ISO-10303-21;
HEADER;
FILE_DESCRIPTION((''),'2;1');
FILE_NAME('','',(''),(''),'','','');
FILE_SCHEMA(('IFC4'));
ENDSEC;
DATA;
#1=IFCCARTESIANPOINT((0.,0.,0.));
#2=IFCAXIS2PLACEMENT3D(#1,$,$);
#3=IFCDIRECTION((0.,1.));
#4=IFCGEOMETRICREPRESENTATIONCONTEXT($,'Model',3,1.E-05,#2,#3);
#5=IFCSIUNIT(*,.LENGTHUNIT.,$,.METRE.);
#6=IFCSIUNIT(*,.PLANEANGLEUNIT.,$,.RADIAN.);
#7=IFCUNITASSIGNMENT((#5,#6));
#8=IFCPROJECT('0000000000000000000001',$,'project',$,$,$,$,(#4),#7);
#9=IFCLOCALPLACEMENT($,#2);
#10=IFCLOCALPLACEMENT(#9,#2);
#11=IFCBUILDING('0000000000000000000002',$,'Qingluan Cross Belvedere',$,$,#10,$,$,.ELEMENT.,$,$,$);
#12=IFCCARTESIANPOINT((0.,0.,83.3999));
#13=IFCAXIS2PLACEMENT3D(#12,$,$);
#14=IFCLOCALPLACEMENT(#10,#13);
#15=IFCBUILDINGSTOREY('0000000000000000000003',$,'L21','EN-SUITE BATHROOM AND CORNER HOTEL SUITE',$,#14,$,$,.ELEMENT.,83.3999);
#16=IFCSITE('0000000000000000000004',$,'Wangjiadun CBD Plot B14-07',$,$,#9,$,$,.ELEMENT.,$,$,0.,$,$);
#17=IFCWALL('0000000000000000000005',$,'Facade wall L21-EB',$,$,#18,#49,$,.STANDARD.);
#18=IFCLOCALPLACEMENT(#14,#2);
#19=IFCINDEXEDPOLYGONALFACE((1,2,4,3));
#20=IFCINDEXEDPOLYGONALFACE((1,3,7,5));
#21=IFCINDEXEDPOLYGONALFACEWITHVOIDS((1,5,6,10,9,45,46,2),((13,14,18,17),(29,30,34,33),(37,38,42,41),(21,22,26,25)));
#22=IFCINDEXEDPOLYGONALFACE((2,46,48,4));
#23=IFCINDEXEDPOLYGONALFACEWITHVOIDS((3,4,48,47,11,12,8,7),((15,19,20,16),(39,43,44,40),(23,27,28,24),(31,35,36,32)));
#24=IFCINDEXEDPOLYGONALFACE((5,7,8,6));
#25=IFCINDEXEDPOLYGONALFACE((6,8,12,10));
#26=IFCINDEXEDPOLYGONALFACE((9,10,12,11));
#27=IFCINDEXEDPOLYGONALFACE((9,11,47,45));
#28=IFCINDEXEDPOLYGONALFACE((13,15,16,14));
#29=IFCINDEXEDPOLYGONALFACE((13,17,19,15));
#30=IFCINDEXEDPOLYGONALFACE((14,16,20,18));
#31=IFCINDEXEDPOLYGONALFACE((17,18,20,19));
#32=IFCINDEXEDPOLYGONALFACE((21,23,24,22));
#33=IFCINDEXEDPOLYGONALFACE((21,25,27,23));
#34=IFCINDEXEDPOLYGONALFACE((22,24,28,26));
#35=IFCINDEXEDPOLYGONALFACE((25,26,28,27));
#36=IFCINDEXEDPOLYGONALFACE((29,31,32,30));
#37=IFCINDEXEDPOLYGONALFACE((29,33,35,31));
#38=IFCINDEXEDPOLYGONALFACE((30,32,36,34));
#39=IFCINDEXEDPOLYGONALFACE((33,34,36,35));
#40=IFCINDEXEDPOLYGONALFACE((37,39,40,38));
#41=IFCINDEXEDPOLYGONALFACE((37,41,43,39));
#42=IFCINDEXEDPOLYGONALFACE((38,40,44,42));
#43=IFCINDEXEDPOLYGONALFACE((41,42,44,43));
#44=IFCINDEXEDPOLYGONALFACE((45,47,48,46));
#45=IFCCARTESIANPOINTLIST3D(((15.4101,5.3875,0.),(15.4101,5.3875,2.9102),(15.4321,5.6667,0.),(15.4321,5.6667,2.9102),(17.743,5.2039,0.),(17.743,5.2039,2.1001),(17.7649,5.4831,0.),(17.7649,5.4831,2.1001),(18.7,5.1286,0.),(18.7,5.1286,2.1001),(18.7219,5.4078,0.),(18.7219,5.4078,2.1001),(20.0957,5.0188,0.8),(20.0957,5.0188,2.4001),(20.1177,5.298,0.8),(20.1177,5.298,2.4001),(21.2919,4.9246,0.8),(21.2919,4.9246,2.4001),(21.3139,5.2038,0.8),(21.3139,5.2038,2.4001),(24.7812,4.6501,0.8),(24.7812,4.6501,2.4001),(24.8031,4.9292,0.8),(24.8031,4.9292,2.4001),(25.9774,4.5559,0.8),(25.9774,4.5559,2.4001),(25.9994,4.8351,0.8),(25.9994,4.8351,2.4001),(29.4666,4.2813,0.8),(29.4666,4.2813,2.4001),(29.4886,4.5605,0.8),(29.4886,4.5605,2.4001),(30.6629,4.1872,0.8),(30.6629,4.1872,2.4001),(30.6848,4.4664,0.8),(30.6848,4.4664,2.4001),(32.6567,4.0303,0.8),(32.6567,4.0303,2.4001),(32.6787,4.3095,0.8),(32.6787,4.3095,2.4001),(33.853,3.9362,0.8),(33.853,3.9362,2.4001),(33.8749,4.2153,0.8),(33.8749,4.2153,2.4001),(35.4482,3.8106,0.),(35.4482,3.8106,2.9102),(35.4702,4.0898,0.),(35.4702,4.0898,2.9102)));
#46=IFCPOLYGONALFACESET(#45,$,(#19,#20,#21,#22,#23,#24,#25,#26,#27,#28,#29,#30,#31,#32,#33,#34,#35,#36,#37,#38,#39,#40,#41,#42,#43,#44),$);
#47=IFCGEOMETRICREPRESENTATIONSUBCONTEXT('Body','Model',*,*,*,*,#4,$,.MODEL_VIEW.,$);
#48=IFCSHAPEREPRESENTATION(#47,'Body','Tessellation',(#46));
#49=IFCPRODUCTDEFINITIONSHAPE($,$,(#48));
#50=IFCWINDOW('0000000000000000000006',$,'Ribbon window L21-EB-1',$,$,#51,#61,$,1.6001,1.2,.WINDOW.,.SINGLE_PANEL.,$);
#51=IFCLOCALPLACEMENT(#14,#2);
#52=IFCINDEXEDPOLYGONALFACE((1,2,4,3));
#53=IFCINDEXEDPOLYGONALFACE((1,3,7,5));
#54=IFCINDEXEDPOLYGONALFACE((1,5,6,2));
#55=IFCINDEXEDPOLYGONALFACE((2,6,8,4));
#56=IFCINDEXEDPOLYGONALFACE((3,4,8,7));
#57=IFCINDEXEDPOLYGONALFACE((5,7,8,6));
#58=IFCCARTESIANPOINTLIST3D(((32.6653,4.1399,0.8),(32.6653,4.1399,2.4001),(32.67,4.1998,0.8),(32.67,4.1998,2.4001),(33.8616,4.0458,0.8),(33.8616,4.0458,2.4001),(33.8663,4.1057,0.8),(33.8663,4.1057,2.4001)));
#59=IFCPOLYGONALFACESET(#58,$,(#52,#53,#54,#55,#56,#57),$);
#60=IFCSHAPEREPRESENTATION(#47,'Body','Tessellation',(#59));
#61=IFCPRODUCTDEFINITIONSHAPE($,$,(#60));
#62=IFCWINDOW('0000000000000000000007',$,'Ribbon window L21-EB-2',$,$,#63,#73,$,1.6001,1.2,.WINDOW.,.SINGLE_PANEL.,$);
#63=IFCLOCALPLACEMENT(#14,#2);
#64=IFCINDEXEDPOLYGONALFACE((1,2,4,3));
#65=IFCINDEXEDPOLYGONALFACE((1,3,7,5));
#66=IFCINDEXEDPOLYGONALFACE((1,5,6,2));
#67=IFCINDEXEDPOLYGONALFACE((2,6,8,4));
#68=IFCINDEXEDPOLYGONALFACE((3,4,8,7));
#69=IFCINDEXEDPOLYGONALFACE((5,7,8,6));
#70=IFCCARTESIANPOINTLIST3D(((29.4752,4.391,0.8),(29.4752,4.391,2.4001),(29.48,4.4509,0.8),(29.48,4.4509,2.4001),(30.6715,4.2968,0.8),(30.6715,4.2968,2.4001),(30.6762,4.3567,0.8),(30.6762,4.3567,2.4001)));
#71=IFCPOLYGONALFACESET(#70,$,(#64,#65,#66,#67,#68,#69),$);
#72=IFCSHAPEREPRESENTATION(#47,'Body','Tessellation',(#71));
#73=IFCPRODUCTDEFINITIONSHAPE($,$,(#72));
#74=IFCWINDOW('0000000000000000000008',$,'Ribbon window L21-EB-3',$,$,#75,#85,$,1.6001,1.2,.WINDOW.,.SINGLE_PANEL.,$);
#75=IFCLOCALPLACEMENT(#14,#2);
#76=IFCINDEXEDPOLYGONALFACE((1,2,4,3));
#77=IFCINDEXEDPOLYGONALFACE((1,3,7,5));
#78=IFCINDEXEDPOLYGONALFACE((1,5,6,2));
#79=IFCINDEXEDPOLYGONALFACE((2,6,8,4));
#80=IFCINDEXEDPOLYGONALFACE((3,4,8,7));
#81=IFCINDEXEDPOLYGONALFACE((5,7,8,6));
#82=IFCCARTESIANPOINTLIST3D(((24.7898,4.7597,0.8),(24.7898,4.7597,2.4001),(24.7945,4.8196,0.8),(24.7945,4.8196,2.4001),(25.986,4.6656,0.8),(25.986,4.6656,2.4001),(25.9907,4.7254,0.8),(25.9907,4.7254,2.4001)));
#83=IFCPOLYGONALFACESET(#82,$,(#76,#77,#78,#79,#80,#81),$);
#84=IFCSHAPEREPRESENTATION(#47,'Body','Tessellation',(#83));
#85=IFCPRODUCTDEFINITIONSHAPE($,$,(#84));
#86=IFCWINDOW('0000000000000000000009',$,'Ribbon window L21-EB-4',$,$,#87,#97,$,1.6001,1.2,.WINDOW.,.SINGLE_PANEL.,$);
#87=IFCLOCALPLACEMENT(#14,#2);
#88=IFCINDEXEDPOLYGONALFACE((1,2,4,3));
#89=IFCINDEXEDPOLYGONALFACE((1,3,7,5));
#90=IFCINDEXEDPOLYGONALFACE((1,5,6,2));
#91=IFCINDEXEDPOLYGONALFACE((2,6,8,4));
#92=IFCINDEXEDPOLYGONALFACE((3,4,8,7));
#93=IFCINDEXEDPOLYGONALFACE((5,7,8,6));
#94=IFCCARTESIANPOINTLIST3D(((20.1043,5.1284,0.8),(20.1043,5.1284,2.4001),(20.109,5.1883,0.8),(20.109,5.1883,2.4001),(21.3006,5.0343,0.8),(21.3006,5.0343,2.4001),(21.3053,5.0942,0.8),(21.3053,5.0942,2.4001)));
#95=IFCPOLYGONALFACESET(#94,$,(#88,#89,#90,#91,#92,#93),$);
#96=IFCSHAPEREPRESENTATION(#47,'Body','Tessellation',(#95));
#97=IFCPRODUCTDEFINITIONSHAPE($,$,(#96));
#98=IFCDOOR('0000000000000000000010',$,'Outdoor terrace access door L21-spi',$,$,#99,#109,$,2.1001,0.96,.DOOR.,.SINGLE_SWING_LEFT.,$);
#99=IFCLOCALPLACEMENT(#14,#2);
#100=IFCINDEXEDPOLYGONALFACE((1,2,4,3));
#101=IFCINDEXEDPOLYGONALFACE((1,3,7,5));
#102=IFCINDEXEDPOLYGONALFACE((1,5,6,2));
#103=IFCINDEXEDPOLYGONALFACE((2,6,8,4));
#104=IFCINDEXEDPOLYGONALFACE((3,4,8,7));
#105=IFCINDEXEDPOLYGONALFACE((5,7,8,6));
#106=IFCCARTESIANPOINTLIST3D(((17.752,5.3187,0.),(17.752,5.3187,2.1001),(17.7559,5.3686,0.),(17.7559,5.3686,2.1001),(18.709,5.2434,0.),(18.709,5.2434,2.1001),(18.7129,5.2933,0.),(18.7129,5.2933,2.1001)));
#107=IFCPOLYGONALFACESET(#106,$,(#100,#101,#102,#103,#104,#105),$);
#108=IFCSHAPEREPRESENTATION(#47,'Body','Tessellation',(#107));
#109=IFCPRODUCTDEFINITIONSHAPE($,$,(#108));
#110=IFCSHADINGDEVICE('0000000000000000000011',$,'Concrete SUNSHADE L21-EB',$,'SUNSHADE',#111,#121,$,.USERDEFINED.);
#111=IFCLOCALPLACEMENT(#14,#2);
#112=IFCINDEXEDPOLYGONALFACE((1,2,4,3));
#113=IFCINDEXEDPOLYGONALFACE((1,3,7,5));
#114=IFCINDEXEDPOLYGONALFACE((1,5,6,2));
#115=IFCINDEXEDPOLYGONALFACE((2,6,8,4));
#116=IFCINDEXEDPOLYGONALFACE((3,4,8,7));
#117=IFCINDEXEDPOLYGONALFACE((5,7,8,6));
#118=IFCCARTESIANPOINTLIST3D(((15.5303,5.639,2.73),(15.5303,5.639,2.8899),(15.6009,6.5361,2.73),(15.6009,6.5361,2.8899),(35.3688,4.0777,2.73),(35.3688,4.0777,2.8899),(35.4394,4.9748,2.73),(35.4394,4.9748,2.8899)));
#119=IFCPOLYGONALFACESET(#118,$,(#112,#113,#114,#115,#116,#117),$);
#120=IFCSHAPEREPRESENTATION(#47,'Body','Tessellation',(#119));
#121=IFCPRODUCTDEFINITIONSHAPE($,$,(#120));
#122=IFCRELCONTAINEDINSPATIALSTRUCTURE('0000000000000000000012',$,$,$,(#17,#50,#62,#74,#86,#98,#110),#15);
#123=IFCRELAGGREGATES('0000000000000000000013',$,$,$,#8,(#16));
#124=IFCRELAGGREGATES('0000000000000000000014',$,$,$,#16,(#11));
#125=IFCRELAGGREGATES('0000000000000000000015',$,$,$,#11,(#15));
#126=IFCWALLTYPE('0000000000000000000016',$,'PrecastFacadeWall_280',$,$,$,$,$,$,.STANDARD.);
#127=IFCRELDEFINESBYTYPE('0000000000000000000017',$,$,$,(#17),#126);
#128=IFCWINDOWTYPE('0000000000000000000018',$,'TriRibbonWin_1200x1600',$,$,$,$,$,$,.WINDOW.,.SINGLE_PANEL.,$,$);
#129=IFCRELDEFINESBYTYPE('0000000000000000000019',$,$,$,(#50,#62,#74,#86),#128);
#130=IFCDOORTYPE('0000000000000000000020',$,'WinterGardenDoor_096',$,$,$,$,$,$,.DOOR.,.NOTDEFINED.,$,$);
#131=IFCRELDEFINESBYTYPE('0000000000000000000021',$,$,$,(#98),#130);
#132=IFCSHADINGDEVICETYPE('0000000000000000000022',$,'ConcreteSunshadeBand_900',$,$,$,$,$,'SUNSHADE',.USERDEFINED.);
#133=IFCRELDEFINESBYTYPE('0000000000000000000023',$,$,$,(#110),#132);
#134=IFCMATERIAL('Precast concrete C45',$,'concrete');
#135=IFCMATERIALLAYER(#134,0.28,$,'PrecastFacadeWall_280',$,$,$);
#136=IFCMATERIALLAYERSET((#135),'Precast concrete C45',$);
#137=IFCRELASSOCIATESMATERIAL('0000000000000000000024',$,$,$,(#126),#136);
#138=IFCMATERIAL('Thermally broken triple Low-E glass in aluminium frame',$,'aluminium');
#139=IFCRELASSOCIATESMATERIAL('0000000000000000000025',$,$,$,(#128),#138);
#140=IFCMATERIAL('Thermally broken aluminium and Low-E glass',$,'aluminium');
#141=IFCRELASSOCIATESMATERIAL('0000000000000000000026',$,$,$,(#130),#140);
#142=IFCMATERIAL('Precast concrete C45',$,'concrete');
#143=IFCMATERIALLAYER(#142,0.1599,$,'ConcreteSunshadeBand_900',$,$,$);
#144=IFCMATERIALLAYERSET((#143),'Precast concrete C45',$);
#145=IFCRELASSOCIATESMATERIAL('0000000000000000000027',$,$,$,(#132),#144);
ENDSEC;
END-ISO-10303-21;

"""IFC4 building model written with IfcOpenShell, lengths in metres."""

from ifc_helpers import new_model, si_unit, direction, frame, frame_2d, origin, origin_2d, place, context, subcontext, project, spatial, rectangle, extrude, material, layer, layer_set, type_object, element, fill, save


model = new_model("IFC4")

# Units and contexts
model_context = context("Model", 3, precision=1e-05, world=origin(), true_north=direction((0.0, 1.0)))
body_context = subcontext(model_context, "Body", "Model", "MODEL_VIEW")
ifc_project = project(units=[si_unit("LENGTHUNIT", "METRE"), si_unit("PLANEANGLEUNIT", "RADIAN")], contexts=[model_context])

# Site, building, storey
site_placement = place(None, origin())
site = spatial("IfcSite", under=ifc_project, at=site_placement, Name="Wangjiadun CBD Plot B14-07", CompositionType="ELEMENT", RefElevation=0.0)
building_placement = place(site_placement, origin())
building = spatial("IfcBuilding", under=site, at=building_placement, Name="Qingluan Cross Belvedere", CompositionType="ELEMENT")
storey_placement = place(building_placement, frame((0.0, 0.0, 83.3999)))
storey = spatial("IfcBuildingStorey", under=building, at=storey_placement, Name="L21", Description="EN-SUITE BATHROOM AND CORNER HOTEL SUITE", CompositionType="ELEMENT", Elevation=83.3999)

# Wall, openings, windows, door
ifc_material_1 = material(Name="Precast concrete C45", Category="concrete")
ifc_layer_1 = layer(ifc_material_1, 0.28, Name="PrecastFacadeWall_280")
ifc_layer_set_1 = layer_set([ifc_layer_1], Name="Precast concrete C45")
wall_type_1 = type_object("IfcWallType", Name="PrecastFacadeWall_280", PredefinedType="STANDARD", material=ifc_layer_set_1)
wall_1_placement = place(storey_placement, frame((35.4592, 3.9502, 0.0), z_axis=(0.0, 0.0, 1.0), x_axis=(-0.996918, 0.078453, 0.0)))
wall_1 = element("IfcWall", 1, at=wall_1_placement, inside=storey, type_object=wall_type_1, Name="Facade wall L21-EB", PredefinedType="STANDARD", context=body_context, shape_type="SweptSolid", body=[
    extrude(rectangle(XDim=20.1001, YDim=0.28, at=frame_2d((10.05, 0.0))), origin(), (0.0, 0.0, 1.0), 2.9102),
])
opening_1_placement = place(wall_1_placement, frame((1.6001, 0.0, 0.8)))
opening_1 = element("IfcOpeningElement", 2, at=opening_1_placement, cuts=wall_1, PredefinedType="OPENING", context=body_context, shape_type="SweptSolid", body=[
    extrude(rectangle(XDim=1.2, YDim=1.6001, at=frame_2d((0.6001, 0.8))), frame((0.0, 0.1499, 0.0), z_axis=(0.0, -1.0, 0.0), x_axis=(1.0, 0.0, 0.0)), (0.0, 0.0, 1.0), 0.3),
])
opening_2_placement = place(wall_1_placement, frame((4.8, 0.0, 0.8)))
opening_2 = element("IfcOpeningElement", 3, at=opening_2_placement, cuts=wall_1, PredefinedType="OPENING", context=body_context, shape_type="SweptSolid", body=[
    extrude(rectangle(XDim=1.2, YDim=1.6001, at=frame_2d((0.6001, 0.8))), frame((0.0, 0.1499, 0.0), z_axis=(0.0, -1.0, 0.0), x_axis=(1.0, 0.0, 0.0)), (0.0, 0.0, 1.0), 0.3),
])
opening_3_placement = place(wall_1_placement, frame((9.5, 0.0, 0.8)))
opening_3 = element("IfcOpeningElement", 4, at=opening_3_placement, cuts=wall_1, PredefinedType="OPENING", context=body_context, shape_type="SweptSolid", body=[
    extrude(rectangle(XDim=1.2, YDim=1.6001, at=frame_2d((0.6001, 0.8))), frame((0.0, 0.1499, 0.0), z_axis=(0.0, -1.0, 0.0), x_axis=(1.0, 0.0, 0.0)), (0.0, 0.0, 1.0), 0.3),
])
opening_4_placement = place(wall_1_placement, frame((14.2, 0.0, 0.8)))
opening_4 = element("IfcOpeningElement", 5, at=opening_4_placement, cuts=wall_1, PredefinedType="OPENING", context=body_context, shape_type="SweptSolid", body=[
    extrude(rectangle(XDim=1.2, YDim=1.6001, at=frame_2d((0.6001, 0.8))), frame((0.0, 0.1499, 0.0), z_axis=(0.0, -1.0, 0.0), x_axis=(1.0, 0.0, 0.0)), (0.0, 0.0, 1.0), 0.3),
])
opening_5_placement = place(wall_1_placement, frame((16.8, 0.0, 0.0)))
opening_5 = element("IfcOpeningElement", 6, at=opening_5_placement, cuts=wall_1, PredefinedType="OPENING", context=body_context, shape_type="SweptSolid", body=[
    extrude(rectangle(XDim=0.96, YDim=2.1001, at=frame_2d((0.48, 1.05))), frame((0.0, 0.1499, 0.0), z_axis=(0.0, -1.0, 0.0), x_axis=(1.0, 0.0, 0.0)), (0.0, 0.0, 1.0), 0.3),
])
ifc_material_2 = material(Name="Thermally broken triple Low-E glass in aluminium frame", Category="aluminium")
window_type = type_object("IfcWindowType", Name="TriRibbonWin_1200x1600", PartitioningType="SINGLE_PANEL", PredefinedType="WINDOW", material=ifc_material_2)
window_1_placement = place(opening_1_placement, origin())
window_1 = element("IfcWindow", 7, at=window_1_placement, inside=storey, type_object=window_type, Name="Ribbon window L21-EB-1", OverallHeight=1.6001, OverallWidth=1.2, PartitioningType="SINGLE_PANEL", PredefinedType="WINDOW", context=body_context, shape_type="SweptSolid", body=[
    extrude(rectangle(XDim=1.2, YDim=1.6001, at=frame_2d((0.6001, 0.8))), frame((0.0, 0.03, 0.0), z_axis=(0.0, -1.0, 0.0), x_axis=(1.0, 0.0, 0.0)), (0.0, 0.0, 1.0), 0.0601),
])
fill(opening_1, window_1)
window_2_placement = place(opening_2_placement, origin())
window_2 = element("IfcWindow", 8, at=window_2_placement, inside=storey, type_object=window_type, Name="Ribbon window L21-EB-2", OverallHeight=1.6001, OverallWidth=1.2, PartitioningType="SINGLE_PANEL", PredefinedType="WINDOW", context=body_context, shape_type="SweptSolid", body=[
    extrude(rectangle(XDim=1.2, YDim=1.6001, at=frame_2d((0.6001, 0.8))), frame((0.0, 0.03, 0.0), z_axis=(0.0, -1.0, 0.0), x_axis=(1.0, 0.0, 0.0)), (0.0, 0.0, 1.0), 0.0601),
])
fill(opening_2, window_2)
window_3_placement = place(opening_3_placement, origin())
window_3 = element("IfcWindow", 9, at=window_3_placement, inside=storey, type_object=window_type, Name="Ribbon window L21-EB-3", OverallHeight=1.6001, OverallWidth=1.2, PartitioningType="SINGLE_PANEL", PredefinedType="WINDOW", context=body_context, shape_type="SweptSolid", body=[
    extrude(rectangle(XDim=1.2, YDim=1.6001, at=frame_2d((0.6001, 0.8))), frame((0.0, 0.03, 0.0), z_axis=(0.0, -1.0, 0.0), x_axis=(1.0, 0.0, 0.0)), (0.0, 0.0, 1.0), 0.0601),
])
fill(opening_3, window_3)
window_4_placement = place(opening_4_placement, origin())
window_4 = element("IfcWindow", 10, at=window_4_placement, inside=storey, type_object=window_type, Name="Ribbon window L21-EB-4", OverallHeight=1.6001, OverallWidth=1.2, PartitioningType="SINGLE_PANEL", PredefinedType="WINDOW", context=body_context, shape_type="SweptSolid", body=[
    extrude(rectangle(XDim=1.2, YDim=1.6001, at=frame_2d((0.6001, 0.8))), frame((0.0, 0.03, 0.0), z_axis=(0.0, -1.0, 0.0), x_axis=(1.0, 0.0, 0.0)), (0.0, 0.0, 1.0), 0.0601),
])
fill(opening_4, window_4)
ifc_material_3 = material(Name="Thermally broken aluminium and Low-E glass", Category="aluminium")
door_type_1 = type_object("IfcDoorType", Name="WinterGardenDoor_096", OperationType="NOTDEFINED", PredefinedType="DOOR", material=ifc_material_3)
door_1_placement = place(opening_5_placement, origin())
door_1 = element("IfcDoor", 11, at=door_1_placement, inside=storey, type_object=door_type_1, Name="Outdoor terrace access door L21-spi", OperationType="SINGLE_SWING_LEFT", OverallHeight=2.1001, OverallWidth=0.96, PredefinedType="DOOR", context=body_context, shape_type="SweptSolid", body=[
    extrude(rectangle(XDim=0.96, YDim=2.1001, at=frame_2d((0.48, 1.05))), frame((0.0, 0.0249, 0.0), z_axis=(0.0, -1.0, 0.0), x_axis=(1.0, 0.0, 0.0)), (0.0, 0.0, 1.0), 0.05),
])
fill(opening_5, door_1)

# Shading device
ifc_material_4 = material(Name="Precast concrete C45", Category="concrete")
ifc_layer_2 = layer(ifc_material_4, 0.1599, Name="ConcreteSunshadeBand_900")
ifc_layer_set_2 = layer_set([ifc_layer_2], Name="Precast concrete C45")
shading_device_type = type_object("IfcShadingDeviceType", Name="ConcreteSunshadeBand_900", ElementType="SUNSHADE", PredefinedType="USERDEFINED", material=ifc_layer_set_2)
shading_device_placement = place(storey_placement, frame((25.4849, 5.3069, 2.73), z_axis=(0.0, 0.0, 1.0), x_axis=(-0.996917, 0.078458, 0.0)))
element("IfcShadingDevice", 12, at=shading_device_placement, inside=storey, type_object=shading_device_type, Name="Concrete SUNSHADE L21-EB", ObjectType="SUNSHADE", PredefinedType="USERDEFINED", context=body_context, shape_type="SweptSolid", body=[
    extrude(rectangle(XDim=19.8999, YDim=0.8999, at=origin_2d()), origin(), (0.0, 0.0, 1.0), 0.1599),
])

save(model, "model.ifc")
